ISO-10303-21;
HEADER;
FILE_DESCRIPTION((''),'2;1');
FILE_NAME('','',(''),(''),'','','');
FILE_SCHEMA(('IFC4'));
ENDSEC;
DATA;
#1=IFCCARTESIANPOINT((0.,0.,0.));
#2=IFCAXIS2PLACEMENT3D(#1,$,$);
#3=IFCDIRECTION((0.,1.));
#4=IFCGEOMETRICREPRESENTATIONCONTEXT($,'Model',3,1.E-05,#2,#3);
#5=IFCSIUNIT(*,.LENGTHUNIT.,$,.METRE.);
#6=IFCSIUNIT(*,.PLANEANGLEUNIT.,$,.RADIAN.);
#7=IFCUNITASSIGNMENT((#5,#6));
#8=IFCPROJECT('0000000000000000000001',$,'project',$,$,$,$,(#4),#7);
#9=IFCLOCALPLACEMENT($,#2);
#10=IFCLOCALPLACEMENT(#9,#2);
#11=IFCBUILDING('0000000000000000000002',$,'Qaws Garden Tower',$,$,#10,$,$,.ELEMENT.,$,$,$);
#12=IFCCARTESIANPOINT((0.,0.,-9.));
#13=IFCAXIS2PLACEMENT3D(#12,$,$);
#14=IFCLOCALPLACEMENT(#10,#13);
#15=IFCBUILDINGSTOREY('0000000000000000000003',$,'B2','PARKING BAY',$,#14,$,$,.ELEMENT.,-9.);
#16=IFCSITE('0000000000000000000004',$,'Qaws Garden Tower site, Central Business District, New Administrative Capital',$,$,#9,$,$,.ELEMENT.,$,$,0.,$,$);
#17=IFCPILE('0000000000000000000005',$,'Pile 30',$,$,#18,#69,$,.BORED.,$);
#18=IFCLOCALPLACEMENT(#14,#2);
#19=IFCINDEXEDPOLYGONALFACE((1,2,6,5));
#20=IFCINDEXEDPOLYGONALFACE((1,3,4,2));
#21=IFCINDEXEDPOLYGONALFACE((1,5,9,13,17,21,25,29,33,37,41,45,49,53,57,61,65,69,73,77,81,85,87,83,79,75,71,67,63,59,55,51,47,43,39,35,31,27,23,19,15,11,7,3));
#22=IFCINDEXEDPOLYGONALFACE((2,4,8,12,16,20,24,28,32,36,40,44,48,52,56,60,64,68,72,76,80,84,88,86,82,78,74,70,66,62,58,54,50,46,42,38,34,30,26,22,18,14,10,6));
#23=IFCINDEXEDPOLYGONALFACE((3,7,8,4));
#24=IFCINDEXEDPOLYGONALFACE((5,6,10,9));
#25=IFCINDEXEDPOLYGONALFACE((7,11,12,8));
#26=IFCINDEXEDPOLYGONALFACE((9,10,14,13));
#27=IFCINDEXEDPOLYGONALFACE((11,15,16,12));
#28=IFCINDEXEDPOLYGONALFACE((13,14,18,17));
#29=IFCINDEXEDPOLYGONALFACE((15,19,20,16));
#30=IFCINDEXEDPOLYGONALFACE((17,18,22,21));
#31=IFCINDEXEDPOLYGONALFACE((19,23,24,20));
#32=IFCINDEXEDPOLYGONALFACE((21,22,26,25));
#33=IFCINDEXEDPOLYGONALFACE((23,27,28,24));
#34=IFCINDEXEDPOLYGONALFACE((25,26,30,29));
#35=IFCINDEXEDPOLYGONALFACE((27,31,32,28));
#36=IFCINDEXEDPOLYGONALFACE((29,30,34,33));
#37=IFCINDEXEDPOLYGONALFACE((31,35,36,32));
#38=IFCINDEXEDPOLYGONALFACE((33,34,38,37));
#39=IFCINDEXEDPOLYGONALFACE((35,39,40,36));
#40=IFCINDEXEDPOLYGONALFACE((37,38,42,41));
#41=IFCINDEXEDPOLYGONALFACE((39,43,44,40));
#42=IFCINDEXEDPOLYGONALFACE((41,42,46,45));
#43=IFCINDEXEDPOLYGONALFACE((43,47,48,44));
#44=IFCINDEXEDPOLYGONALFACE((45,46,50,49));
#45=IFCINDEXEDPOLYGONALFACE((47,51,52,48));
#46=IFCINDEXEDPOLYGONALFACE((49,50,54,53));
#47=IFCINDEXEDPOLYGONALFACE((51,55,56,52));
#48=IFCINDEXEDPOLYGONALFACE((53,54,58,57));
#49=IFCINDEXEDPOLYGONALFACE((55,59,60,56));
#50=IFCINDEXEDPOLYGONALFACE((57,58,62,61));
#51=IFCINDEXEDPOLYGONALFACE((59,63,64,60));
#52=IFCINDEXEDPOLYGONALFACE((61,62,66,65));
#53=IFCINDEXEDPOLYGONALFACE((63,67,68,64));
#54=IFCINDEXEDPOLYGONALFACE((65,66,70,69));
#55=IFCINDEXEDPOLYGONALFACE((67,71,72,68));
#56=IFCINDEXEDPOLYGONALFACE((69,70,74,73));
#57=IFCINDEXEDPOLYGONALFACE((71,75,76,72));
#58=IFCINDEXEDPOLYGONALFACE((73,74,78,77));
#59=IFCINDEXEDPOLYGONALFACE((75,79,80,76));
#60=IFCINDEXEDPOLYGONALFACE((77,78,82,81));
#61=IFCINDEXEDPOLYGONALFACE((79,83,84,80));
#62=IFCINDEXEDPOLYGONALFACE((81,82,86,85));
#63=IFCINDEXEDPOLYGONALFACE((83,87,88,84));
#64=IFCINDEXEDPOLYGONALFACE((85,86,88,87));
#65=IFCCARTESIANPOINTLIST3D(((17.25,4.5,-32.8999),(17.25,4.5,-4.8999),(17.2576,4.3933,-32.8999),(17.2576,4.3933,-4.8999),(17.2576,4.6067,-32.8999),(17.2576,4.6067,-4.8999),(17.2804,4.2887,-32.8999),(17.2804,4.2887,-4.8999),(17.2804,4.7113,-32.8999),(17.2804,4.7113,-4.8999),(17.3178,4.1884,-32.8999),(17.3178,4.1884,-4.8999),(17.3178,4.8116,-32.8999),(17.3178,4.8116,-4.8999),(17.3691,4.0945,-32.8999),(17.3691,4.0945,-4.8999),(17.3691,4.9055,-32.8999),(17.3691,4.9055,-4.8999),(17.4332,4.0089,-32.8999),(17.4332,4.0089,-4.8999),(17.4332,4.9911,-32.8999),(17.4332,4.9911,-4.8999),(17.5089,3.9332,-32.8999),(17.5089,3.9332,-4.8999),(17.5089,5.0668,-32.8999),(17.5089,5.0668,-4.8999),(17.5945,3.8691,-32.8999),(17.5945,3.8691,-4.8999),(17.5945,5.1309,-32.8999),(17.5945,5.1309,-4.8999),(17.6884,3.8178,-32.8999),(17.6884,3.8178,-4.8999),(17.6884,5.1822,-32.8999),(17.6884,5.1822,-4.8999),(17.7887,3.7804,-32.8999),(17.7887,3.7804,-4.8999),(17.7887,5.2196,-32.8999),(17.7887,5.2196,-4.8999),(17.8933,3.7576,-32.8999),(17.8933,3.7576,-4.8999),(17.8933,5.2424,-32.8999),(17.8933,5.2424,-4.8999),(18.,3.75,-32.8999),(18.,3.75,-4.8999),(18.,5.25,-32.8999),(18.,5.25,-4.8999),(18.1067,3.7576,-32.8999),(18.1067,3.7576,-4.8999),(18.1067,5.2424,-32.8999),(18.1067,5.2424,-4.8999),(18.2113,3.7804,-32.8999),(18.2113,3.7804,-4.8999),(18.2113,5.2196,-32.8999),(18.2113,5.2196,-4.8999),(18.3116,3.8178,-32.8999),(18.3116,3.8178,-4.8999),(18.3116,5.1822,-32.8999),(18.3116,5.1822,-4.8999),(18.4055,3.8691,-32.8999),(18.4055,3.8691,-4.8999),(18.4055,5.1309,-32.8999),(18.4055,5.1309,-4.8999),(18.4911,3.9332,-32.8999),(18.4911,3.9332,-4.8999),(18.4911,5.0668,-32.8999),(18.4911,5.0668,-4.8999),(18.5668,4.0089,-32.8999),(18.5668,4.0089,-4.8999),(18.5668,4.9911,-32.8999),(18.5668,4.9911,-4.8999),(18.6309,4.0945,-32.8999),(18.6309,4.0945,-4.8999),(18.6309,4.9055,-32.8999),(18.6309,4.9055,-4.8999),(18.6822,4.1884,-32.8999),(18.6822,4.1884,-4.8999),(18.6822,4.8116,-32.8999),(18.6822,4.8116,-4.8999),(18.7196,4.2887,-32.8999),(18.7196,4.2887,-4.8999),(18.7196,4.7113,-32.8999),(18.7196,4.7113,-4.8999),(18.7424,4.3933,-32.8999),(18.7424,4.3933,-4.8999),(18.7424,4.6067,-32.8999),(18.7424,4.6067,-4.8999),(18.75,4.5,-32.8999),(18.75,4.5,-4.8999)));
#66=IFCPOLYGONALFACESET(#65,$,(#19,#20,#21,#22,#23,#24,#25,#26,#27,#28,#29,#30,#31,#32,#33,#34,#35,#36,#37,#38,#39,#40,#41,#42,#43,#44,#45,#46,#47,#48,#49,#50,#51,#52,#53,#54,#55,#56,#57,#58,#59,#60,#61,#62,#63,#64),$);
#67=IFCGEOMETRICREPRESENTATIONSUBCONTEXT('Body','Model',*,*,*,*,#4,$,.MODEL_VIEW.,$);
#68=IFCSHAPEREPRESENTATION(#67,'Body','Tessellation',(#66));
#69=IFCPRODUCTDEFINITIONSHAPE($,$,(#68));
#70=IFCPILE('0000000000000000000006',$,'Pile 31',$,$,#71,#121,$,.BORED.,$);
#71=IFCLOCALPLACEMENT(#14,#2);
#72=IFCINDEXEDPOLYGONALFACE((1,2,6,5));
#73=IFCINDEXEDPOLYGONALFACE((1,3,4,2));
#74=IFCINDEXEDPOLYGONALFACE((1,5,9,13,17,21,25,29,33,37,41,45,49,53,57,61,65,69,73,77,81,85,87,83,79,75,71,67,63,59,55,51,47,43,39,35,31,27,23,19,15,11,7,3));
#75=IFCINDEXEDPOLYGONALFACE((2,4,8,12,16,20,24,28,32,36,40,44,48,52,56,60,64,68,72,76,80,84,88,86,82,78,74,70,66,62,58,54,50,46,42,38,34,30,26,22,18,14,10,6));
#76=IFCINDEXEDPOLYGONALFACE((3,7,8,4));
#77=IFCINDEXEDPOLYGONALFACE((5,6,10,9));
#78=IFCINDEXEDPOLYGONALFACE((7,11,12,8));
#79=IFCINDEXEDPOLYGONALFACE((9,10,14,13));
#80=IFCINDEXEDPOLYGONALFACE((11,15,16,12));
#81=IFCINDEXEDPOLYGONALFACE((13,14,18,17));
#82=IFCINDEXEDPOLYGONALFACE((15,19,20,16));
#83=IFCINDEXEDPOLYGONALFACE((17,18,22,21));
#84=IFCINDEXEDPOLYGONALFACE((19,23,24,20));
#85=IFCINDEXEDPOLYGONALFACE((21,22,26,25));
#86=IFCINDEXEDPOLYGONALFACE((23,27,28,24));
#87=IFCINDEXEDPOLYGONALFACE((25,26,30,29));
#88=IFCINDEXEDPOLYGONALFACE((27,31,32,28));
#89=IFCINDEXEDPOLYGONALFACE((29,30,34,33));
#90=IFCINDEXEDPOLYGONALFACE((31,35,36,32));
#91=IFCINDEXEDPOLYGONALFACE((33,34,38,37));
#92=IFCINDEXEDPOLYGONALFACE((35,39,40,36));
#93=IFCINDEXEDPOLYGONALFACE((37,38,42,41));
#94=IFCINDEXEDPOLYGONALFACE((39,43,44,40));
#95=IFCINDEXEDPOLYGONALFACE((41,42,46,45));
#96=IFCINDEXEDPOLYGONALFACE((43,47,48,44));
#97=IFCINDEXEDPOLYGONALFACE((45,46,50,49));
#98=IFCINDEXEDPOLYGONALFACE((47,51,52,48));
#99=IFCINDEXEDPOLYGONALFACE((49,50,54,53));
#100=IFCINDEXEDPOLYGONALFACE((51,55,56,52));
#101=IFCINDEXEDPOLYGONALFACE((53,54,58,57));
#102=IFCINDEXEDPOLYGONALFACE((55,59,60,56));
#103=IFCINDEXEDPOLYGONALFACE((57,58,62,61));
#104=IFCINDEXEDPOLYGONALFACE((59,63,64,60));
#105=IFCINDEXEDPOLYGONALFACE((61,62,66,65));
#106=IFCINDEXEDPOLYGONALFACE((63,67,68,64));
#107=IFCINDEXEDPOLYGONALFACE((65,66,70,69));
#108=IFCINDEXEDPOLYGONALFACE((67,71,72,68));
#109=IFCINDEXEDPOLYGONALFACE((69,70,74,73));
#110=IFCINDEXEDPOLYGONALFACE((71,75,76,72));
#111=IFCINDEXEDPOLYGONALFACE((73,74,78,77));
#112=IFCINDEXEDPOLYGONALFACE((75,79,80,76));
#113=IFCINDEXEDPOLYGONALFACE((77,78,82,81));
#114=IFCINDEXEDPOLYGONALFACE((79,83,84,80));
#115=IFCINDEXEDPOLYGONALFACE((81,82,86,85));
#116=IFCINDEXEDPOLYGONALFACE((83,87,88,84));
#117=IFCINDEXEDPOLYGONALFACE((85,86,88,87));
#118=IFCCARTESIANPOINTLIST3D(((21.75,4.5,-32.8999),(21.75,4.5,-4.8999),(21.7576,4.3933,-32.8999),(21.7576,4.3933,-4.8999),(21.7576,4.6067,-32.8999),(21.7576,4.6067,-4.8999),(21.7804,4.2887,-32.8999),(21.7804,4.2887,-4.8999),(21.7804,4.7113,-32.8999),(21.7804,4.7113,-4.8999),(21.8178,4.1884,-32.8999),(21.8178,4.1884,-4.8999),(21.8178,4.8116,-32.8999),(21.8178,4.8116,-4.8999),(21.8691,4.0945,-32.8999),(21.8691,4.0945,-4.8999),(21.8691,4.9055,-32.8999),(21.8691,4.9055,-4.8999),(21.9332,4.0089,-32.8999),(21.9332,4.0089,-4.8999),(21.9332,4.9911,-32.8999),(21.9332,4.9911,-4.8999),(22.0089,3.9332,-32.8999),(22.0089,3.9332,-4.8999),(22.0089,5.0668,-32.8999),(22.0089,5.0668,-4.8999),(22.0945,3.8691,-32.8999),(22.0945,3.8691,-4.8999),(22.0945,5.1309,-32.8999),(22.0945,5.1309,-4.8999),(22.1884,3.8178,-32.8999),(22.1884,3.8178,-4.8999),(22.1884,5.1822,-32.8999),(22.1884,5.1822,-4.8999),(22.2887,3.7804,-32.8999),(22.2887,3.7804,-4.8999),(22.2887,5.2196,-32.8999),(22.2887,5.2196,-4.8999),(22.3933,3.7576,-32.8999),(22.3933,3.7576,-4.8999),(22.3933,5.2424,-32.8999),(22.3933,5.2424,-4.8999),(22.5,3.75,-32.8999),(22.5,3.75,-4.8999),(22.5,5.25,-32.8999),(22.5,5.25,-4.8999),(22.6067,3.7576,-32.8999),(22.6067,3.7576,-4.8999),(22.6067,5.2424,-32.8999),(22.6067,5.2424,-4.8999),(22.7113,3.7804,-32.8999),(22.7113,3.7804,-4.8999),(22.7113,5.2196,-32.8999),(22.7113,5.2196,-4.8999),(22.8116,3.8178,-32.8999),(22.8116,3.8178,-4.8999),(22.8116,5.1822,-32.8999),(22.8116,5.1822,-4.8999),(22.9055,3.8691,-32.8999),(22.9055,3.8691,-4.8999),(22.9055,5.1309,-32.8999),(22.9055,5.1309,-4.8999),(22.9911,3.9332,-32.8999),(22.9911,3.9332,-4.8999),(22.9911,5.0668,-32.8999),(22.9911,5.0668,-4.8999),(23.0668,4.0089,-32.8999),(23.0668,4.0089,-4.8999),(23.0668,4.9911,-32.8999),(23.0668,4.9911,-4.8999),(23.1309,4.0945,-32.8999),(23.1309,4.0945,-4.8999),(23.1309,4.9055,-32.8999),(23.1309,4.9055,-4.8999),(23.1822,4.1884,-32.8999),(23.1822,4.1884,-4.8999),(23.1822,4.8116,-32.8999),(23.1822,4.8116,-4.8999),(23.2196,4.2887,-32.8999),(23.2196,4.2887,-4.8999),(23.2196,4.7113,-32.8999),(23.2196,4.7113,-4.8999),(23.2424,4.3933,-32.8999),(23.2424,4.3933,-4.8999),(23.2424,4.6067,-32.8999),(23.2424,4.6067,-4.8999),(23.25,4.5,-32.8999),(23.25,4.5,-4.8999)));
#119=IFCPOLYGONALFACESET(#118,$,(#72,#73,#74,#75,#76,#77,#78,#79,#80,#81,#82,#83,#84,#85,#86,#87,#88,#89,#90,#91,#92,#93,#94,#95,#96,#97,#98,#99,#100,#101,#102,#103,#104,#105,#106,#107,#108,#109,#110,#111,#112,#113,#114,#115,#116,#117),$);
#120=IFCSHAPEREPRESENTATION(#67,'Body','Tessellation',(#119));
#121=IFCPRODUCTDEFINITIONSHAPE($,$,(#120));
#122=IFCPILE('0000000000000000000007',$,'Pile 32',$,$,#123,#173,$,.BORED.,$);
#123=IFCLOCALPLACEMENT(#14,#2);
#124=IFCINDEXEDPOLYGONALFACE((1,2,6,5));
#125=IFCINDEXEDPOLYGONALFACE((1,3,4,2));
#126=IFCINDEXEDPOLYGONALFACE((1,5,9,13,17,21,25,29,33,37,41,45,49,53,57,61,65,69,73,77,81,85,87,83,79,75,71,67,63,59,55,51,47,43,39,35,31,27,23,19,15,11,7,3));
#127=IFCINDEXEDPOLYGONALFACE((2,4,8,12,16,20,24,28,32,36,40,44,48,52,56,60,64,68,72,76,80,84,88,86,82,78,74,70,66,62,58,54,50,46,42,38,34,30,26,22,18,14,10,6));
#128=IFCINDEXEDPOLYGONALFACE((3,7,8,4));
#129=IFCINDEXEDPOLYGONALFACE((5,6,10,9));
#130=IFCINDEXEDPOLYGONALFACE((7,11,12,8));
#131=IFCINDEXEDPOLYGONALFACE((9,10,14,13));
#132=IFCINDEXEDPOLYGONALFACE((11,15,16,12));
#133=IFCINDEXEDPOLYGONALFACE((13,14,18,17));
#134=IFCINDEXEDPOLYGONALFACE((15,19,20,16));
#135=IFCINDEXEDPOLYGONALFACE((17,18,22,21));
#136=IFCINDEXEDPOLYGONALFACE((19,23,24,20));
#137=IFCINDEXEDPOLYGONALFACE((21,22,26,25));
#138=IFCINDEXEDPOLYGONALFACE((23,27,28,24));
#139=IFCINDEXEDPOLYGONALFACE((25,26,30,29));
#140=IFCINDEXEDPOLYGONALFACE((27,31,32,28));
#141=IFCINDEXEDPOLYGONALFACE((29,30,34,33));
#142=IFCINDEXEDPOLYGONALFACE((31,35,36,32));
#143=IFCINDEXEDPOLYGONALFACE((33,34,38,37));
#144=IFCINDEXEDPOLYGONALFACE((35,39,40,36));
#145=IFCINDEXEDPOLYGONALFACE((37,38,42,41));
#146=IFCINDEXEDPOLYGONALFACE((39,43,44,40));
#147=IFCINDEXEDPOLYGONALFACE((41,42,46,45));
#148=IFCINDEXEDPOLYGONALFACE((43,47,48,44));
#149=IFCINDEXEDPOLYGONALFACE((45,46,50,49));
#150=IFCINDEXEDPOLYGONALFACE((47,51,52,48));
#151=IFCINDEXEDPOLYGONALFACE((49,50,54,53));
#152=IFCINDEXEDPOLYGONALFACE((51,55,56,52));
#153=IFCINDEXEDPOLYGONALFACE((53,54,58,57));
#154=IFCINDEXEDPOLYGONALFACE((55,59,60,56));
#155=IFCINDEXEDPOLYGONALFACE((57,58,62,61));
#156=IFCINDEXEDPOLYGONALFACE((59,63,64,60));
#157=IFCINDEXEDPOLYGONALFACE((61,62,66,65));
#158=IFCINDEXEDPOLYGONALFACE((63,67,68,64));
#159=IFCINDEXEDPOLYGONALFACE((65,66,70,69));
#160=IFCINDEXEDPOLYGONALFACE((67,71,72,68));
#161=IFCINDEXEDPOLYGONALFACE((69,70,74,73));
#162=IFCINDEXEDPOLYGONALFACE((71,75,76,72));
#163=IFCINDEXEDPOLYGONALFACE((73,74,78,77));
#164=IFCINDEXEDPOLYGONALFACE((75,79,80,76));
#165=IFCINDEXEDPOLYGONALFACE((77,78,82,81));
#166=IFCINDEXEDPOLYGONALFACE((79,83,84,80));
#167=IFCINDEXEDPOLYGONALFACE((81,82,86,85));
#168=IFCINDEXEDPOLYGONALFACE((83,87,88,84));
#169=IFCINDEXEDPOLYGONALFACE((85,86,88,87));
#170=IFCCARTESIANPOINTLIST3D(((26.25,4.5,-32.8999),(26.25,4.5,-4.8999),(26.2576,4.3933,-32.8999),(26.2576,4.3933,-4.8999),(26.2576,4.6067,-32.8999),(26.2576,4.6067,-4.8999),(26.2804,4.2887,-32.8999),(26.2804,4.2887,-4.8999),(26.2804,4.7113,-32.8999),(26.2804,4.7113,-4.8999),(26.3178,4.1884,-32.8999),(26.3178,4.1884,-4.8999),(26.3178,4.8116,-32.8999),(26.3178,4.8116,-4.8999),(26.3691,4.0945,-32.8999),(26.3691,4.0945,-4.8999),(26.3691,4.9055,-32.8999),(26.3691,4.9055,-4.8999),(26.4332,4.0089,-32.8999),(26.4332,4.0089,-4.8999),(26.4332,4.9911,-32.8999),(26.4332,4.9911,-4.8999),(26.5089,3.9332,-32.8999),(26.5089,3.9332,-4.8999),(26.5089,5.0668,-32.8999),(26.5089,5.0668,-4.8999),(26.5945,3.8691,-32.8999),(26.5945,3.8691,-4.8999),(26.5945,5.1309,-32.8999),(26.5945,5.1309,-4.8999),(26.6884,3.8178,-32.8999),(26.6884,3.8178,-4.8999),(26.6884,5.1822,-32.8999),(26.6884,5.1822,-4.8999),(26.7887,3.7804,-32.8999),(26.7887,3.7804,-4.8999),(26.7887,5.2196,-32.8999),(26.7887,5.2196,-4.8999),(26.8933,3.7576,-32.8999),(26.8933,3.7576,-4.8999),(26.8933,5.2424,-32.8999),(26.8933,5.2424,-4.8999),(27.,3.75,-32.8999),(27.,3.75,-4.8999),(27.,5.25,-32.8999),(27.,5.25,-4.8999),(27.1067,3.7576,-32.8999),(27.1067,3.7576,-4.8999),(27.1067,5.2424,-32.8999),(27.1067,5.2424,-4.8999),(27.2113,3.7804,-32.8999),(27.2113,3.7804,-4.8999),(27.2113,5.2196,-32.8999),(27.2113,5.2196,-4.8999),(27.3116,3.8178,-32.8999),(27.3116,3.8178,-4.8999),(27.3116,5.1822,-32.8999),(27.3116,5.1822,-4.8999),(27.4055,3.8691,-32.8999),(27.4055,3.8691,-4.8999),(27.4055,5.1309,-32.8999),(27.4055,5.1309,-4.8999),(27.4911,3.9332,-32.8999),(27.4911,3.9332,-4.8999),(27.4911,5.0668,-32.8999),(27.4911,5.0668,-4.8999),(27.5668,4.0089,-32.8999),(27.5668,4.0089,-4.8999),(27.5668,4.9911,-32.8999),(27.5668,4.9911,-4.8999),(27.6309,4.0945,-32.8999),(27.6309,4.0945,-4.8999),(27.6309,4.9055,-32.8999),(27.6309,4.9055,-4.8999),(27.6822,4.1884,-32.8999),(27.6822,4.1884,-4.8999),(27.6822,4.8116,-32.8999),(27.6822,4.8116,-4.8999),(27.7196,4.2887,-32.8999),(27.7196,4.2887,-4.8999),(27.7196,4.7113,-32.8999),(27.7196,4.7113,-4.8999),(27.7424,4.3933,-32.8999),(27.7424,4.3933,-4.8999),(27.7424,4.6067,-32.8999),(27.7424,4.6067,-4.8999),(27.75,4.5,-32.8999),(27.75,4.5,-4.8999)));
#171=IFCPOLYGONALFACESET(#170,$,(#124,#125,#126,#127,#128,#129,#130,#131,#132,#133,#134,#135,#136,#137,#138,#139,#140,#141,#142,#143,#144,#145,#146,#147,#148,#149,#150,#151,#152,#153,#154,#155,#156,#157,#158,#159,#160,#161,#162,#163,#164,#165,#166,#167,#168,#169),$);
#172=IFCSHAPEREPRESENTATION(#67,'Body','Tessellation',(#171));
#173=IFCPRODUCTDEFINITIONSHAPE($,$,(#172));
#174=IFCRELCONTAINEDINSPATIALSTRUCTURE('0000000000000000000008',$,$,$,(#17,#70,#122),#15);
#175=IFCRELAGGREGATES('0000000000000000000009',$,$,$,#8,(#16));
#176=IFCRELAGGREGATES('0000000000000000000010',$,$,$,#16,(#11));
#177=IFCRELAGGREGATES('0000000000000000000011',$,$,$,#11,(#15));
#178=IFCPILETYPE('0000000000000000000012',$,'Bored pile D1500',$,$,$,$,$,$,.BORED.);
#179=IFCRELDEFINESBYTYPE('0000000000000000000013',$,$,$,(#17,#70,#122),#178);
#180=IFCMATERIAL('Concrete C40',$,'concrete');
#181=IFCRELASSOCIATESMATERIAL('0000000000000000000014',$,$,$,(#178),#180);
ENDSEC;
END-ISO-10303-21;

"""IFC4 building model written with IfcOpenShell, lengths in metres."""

from ifc_helpers import new_model, si_unit, direction, frame, origin, origin_2d, place, context, subcontext, project, spatial, circle, extrude, material, material_profile, profile_set, type_object, element, save


model = new_model("IFC4")

# Units and contexts
model_context = context("Model", 3, precision=1e-05, world=origin(), true_north=direction((0.0, 1.0)))
body_context = subcontext(model_context, "Body", "Model", "MODEL_VIEW")
ifc_project = project(units=[si_unit("LENGTHUNIT", "METRE"), si_unit("PLANEANGLEUNIT", "RADIAN")], contexts=[model_context])

# Site, building, storey
site_placement = place(None, origin())
site = spatial("IfcSite", under=ifc_project, at=site_placement, Name="Qaws Garden Tower site, Central Business District, New Administrative Capital", CompositionType="ELEMENT", RefElevation=0.0)
building_placement = place(site_placement, origin())
building = spatial("IfcBuilding", under=site, at=building_placement, Name="Qaws Garden Tower", CompositionType="ELEMENT")
storey_placement = place(building_placement, frame((0.0, 0.0, -9.0)))
storey = spatial("IfcBuildingStorey", under=building, at=storey_placement, Name="B2", Description="PARKING BAY", CompositionType="ELEMENT", Elevation=-9.0)

# Piles
ifc_material_1 = material(Name="Concrete C40", Category="concrete")
ifc_material_profile_1 = material_profile(ifc_material_1, circle(Radius=0.75, at=origin_2d()), Name="Bored pile D1500")
ifc_profile_set_1 = profile_set([ifc_material_profile_1], Name="Concrete C40")
pile_type = type_object("IfcPileType", Name="Bored pile D1500", PredefinedType="BORED", material=ifc_profile_set_1)
for number, where, z_axis, x_axis, name in (
    (1, (18.0, 4.5, -4.8999), (0.0, 0.0, -1.0), (1.0, 0.0, 0.0), "Pile 30"),
    (2, (22.5, 4.5, -4.8999), (0.0, 0.0, -1.0), (1.0, 0.0, 0.0), "Pile 31"),
    (3, (27.0, 4.5, -4.8999), (0.0, 0.0, -1.0), (1.0, 0.0, 0.0), "Pile 32"),
):
    element("IfcPile", number, at=place(storey_placement, frame(where, z_axis=z_axis, x_axis=x_axis)), inside=storey, type_object=pile_type, Name=name, PredefinedType="BORED", context=body_context, shape_type="SweptSolid", body=[
        extrude(circle(Radius=0.75, at=origin_2d()), origin(), (0.0, 0.0, 1.0), 28.0),
    ])

save(model, "model.ifc")
